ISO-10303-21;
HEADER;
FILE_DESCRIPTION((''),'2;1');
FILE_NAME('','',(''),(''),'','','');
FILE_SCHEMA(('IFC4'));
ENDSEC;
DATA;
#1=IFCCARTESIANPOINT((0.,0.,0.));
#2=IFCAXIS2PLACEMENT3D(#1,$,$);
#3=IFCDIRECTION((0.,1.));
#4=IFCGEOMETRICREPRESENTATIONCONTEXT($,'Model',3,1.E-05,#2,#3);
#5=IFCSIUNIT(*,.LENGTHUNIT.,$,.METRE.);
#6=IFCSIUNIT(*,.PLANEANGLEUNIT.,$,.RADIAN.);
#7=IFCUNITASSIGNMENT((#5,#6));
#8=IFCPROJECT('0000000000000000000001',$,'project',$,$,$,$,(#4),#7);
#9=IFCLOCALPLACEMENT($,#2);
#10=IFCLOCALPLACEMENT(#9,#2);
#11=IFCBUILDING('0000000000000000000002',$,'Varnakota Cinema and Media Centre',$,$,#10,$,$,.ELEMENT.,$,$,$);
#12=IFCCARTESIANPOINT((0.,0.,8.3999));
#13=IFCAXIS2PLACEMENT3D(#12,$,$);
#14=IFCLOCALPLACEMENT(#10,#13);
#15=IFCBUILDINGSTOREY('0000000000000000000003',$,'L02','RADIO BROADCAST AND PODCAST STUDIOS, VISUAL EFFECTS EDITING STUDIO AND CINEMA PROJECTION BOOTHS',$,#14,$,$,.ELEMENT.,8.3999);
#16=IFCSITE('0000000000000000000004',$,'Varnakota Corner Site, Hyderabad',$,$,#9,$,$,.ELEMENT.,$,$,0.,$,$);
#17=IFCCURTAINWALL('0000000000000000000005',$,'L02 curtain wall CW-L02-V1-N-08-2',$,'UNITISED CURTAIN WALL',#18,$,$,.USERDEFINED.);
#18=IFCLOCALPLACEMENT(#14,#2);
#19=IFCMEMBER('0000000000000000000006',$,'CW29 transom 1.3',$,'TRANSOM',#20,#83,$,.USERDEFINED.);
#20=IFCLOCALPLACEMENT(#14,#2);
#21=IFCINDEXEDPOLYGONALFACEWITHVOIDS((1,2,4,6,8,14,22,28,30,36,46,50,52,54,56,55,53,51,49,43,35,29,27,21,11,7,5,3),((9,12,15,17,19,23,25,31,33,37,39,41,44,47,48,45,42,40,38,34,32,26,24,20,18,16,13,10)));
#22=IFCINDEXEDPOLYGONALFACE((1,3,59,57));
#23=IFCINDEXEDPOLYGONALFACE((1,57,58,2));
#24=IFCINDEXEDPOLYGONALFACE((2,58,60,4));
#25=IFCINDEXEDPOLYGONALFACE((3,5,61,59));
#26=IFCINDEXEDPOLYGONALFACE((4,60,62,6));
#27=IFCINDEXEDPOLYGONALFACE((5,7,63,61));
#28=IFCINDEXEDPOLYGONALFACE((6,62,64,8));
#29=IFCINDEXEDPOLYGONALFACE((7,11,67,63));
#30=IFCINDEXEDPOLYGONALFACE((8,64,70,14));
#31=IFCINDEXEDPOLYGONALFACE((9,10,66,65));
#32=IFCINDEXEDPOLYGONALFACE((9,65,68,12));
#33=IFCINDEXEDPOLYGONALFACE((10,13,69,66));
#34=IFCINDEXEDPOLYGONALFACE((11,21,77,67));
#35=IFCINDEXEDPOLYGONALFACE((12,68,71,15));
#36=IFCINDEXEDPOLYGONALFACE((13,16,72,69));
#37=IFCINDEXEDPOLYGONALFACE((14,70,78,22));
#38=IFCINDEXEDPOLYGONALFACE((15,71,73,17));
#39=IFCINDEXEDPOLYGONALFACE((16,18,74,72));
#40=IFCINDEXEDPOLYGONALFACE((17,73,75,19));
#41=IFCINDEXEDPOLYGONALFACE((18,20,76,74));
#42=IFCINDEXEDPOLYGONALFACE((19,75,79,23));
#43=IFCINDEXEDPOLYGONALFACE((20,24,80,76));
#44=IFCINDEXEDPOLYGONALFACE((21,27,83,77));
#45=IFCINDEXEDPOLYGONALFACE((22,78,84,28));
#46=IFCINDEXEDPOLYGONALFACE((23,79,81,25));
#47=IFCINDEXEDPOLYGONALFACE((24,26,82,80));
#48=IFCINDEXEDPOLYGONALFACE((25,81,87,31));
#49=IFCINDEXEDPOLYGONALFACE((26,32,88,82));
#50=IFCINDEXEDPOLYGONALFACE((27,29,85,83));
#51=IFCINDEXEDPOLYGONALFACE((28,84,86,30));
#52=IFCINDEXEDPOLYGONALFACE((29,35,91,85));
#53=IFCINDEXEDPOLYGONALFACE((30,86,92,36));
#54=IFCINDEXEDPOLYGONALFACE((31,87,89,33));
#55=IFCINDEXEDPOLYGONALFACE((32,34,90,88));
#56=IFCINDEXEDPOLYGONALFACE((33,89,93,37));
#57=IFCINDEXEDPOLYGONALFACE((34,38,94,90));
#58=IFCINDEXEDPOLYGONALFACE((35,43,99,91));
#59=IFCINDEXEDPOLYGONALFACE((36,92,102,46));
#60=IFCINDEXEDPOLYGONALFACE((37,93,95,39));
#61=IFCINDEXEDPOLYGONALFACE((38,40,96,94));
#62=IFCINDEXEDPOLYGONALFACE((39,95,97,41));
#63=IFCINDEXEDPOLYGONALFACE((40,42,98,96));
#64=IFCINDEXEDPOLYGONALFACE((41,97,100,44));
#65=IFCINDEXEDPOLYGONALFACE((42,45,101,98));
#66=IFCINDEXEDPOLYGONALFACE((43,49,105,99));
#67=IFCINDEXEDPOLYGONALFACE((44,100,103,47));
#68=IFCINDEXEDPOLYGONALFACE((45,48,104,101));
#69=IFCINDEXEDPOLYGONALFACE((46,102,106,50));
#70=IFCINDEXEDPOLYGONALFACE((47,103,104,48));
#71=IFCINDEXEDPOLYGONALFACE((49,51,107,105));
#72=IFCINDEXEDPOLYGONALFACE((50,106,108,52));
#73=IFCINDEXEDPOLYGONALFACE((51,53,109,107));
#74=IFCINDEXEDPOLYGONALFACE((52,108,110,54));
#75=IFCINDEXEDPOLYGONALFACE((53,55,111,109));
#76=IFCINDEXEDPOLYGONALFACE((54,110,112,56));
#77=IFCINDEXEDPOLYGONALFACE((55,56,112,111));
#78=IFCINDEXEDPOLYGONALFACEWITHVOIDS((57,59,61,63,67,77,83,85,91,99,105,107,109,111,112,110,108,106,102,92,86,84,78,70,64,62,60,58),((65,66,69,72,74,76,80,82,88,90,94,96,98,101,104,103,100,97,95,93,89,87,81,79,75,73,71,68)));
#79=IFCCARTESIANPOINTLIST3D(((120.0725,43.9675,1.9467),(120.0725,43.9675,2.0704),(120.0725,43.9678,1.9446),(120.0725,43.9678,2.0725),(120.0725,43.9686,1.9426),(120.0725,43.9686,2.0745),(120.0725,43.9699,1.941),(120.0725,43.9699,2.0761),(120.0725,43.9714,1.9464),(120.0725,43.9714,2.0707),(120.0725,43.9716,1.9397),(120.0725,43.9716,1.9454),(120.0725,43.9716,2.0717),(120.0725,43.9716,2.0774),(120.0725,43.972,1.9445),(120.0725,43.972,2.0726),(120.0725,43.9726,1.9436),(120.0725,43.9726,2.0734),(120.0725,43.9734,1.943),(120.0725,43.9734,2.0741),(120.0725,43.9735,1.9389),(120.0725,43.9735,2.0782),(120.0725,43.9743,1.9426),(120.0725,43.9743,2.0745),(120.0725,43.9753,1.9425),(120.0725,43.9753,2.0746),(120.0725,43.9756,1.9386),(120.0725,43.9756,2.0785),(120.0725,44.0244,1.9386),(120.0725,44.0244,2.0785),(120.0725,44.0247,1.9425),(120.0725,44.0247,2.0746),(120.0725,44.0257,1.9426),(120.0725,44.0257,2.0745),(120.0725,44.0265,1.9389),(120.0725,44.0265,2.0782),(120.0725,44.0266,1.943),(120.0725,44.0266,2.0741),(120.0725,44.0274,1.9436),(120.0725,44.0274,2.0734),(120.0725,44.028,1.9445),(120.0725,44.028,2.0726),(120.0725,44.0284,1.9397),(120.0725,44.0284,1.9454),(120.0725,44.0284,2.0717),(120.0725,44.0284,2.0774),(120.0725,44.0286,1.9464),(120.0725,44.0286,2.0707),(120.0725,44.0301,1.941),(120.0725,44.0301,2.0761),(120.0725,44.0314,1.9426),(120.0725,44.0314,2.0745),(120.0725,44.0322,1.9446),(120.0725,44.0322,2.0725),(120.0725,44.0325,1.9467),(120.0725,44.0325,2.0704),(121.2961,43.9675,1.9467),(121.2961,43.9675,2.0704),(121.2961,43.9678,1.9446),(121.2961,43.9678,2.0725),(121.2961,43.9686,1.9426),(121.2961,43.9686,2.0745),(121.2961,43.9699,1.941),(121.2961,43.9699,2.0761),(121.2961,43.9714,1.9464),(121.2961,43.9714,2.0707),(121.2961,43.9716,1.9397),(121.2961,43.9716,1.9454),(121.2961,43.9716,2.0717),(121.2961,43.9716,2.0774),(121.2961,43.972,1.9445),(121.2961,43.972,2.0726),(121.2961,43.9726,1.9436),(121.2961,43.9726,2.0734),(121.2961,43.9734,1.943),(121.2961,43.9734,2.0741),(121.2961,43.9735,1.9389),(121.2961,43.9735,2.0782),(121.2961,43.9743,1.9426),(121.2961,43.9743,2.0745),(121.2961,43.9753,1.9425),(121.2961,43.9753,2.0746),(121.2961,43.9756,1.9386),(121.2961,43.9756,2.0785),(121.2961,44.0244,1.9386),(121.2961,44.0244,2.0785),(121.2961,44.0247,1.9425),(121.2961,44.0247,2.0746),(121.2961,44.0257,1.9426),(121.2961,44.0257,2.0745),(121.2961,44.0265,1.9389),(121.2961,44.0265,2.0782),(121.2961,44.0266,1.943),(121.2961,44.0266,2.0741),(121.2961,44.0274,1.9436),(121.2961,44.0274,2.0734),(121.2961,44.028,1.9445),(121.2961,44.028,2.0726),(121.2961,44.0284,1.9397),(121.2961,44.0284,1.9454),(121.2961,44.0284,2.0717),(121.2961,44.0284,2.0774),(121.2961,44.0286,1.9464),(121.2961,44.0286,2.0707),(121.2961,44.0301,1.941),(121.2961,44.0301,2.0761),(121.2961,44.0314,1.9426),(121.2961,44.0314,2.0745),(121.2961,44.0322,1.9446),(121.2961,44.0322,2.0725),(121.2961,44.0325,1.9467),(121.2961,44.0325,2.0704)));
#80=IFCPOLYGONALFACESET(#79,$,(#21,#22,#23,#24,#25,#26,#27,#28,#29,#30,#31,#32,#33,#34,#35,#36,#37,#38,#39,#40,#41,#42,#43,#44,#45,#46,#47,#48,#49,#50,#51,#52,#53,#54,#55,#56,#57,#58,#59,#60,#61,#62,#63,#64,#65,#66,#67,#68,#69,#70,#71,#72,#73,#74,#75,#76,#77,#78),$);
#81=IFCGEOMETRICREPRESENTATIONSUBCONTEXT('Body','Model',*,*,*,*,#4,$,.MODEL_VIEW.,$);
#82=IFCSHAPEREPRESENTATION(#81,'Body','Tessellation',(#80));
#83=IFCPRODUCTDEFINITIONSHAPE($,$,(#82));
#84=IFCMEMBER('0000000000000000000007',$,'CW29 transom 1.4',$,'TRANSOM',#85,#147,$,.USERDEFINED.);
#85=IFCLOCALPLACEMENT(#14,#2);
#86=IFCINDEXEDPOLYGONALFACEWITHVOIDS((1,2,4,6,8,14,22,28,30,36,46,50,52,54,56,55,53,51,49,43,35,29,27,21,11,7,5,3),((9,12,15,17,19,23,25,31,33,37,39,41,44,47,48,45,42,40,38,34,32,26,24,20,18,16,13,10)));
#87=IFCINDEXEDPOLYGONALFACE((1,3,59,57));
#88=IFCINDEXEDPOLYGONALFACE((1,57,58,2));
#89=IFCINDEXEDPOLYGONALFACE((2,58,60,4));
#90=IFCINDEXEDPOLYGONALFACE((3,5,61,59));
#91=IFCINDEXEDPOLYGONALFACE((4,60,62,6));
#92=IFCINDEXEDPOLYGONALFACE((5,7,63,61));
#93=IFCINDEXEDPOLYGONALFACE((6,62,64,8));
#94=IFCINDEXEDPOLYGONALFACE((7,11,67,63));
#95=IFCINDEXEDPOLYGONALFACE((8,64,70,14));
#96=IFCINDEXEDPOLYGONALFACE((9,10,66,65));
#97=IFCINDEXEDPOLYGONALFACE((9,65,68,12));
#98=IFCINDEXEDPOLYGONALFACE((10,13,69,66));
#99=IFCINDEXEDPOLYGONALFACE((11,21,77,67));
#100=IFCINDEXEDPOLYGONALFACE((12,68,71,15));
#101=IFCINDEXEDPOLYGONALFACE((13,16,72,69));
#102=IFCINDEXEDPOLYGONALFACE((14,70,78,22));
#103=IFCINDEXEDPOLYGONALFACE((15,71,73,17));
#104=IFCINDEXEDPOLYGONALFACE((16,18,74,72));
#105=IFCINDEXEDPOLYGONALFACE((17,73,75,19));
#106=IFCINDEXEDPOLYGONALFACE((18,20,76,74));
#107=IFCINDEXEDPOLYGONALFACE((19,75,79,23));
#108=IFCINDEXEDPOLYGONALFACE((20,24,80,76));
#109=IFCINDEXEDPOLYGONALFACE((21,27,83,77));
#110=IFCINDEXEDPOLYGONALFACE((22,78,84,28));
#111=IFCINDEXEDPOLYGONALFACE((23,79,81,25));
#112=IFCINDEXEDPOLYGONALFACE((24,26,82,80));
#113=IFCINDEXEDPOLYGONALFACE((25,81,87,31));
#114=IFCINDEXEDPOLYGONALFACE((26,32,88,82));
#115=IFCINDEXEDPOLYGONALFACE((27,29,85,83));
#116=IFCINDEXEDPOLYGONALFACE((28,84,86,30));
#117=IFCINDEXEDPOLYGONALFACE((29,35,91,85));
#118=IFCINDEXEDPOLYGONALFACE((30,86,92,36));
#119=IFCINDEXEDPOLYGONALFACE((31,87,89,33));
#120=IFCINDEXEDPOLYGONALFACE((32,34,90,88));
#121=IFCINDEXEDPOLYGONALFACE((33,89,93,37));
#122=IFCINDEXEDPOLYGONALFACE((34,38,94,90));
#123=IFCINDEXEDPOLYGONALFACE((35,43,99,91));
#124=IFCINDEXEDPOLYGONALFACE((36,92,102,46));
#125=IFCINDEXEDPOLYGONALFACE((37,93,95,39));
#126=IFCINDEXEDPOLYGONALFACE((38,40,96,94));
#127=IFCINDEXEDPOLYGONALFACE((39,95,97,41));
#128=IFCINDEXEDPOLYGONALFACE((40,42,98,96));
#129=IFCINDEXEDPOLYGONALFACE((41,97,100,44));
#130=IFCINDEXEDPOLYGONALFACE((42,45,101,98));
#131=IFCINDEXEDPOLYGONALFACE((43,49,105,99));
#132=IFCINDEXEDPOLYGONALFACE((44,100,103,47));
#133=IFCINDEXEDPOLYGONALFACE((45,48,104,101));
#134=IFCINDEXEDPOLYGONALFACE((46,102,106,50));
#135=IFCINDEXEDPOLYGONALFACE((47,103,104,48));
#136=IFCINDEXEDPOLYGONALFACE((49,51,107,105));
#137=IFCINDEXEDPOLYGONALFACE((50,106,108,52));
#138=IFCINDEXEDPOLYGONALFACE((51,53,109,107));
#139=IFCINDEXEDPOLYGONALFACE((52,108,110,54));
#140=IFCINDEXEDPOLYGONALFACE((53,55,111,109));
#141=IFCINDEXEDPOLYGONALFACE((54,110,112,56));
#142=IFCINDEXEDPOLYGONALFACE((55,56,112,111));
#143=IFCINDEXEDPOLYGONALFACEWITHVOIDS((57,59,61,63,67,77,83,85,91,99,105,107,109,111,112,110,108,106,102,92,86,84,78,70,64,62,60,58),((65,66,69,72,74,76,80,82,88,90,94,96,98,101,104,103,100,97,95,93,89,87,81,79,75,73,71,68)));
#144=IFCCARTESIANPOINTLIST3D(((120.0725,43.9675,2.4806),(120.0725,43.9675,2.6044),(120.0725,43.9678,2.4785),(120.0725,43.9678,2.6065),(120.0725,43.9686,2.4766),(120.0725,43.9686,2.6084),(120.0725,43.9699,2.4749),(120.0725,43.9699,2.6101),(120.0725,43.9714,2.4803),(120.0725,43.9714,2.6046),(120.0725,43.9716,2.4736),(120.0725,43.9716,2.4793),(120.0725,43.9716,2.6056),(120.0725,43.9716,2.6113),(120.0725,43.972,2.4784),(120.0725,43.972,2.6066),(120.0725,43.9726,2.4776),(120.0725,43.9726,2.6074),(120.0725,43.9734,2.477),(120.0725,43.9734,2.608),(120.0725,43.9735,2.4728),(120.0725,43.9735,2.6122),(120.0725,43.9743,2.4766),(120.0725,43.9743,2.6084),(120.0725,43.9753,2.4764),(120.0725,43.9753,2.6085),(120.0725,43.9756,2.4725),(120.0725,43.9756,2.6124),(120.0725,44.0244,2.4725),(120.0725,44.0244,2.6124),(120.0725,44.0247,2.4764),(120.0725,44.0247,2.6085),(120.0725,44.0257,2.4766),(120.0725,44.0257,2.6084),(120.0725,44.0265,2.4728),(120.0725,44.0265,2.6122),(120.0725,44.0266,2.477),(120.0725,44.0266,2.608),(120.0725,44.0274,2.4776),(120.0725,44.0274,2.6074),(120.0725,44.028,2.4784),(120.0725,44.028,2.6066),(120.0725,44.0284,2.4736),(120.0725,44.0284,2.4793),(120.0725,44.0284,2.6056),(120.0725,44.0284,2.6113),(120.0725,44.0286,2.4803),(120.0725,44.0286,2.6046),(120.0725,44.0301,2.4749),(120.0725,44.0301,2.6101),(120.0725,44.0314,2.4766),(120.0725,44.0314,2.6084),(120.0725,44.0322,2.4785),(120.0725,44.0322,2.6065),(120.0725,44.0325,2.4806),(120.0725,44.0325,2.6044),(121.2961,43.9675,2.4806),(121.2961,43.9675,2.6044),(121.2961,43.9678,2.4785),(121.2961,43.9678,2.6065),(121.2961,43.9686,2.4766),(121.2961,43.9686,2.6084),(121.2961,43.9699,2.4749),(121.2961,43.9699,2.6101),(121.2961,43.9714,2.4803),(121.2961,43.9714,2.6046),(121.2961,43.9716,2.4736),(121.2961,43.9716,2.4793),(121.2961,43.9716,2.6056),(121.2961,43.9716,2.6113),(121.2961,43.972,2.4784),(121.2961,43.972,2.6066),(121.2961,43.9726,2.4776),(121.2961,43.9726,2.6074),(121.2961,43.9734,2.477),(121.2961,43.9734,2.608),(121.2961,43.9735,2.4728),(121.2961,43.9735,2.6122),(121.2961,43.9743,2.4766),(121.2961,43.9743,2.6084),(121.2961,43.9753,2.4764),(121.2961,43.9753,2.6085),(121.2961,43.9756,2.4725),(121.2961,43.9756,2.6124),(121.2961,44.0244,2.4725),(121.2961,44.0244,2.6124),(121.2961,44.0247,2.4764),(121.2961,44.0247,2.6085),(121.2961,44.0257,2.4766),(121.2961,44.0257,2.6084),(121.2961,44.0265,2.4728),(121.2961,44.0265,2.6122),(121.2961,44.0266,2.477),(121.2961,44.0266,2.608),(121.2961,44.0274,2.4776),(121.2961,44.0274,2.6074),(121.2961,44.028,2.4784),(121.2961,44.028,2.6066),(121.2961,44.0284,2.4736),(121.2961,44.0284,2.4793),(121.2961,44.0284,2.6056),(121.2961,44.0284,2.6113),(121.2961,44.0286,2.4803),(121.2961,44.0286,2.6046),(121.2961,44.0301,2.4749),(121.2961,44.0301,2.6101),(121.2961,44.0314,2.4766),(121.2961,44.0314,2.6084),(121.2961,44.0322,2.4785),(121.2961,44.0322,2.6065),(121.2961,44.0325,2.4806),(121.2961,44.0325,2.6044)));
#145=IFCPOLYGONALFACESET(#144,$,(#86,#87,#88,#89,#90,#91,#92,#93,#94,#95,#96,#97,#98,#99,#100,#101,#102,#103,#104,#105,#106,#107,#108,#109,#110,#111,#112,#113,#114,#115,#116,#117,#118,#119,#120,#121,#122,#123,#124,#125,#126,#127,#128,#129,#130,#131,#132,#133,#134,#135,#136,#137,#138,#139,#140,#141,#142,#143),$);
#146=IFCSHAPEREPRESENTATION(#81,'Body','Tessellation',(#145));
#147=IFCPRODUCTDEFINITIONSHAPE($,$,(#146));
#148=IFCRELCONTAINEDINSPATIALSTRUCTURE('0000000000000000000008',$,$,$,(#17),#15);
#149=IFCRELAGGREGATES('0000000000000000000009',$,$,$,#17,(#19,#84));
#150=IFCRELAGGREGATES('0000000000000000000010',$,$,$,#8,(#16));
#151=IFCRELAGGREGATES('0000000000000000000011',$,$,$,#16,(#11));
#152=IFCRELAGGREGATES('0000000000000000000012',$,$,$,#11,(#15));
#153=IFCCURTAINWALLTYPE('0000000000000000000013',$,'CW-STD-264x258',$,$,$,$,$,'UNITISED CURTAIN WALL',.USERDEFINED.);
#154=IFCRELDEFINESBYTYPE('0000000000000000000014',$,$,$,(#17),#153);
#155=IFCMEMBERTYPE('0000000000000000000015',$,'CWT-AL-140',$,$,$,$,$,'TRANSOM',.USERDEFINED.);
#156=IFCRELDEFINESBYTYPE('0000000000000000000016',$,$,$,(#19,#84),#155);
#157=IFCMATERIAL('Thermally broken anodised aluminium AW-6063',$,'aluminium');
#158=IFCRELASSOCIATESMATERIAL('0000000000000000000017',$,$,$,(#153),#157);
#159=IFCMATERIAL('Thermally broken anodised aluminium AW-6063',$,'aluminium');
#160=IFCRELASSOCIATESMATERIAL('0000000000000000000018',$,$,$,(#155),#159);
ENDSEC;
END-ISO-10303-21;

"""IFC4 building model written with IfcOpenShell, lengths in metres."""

from ifc_helpers import new_model, si_unit, direction, frame, origin, origin_2d, place, context, subcontext, project, spatial, hollow_rectangle, extrude, material, material_profile, profile_set, type_object, element, aggregate, save


model = new_model("IFC4")

# Units and contexts
model_context = context("Model", 3, precision=1e-05, world=origin(), true_north=direction((0.0, 1.0)))
body_context = subcontext(model_context, "Body", "Model", "MODEL_VIEW")
ifc_project = project(units=[si_unit("LENGTHUNIT", "METRE"), si_unit("PLANEANGLEUNIT", "RADIAN")], contexts=[model_context])

# Site, building, storey
site_placement = place(None, origin())
site = spatial("IfcSite", under=ifc_project, at=site_placement, Name="Varnakota Corner Site, Hyderabad", CompositionType="ELEMENT", RefElevation=0.0)
building_placement = place(site_placement, origin())
building = spatial("IfcBuilding", under=site, at=building_placement, Name="Varnakota Cinema and Media Centre", CompositionType="ELEMENT")
storey_placement = place(building_placement, frame((0.0, 0.0, 8.3999)))
storey = spatial("IfcBuildingStorey", under=building, at=storey_placement, Name="L02", Description="RADIO BROADCAST AND PODCAST STUDIOS, VISUAL EFFECTS EDITING STUDIO AND CINEMA PROJECTION BOOTHS", CompositionType="ELEMENT", Elevation=8.3999)

# Curtain wall
ifc_material_1 = material(Name="Thermally broken anodised aluminium AW-6063", Category="aluminium")
curtain_wall_type = type_object("IfcCurtainWallType", Name="CW-STD-264x258", ElementType="UNITISED CURTAIN WALL", PredefinedType="USERDEFINED", material=ifc_material_1)
curtain_wall_1_placement = place(storey_placement, origin())
curtain_wall_1 = element("IfcCurtainWall", 1, at=curtain_wall_1_placement, inside=storey, type_object=curtain_wall_type, Name="L02 curtain wall CW-L02-V1-N-08-2", ObjectType="UNITISED CURTAIN WALL", PredefinedType="USERDEFINED")

# Members
ifc_material_2 = material(Name="Thermally broken anodised aluminium AW-6063", Category="aluminium")
ifc_material_profile_1 = material_profile(ifc_material_2, hollow_rectangle(XDim=0.0649, YDim=0.1399, WallThickness=0.0039, InnerFilletRadius=0.0039, OuterFilletRadius=0.0081, at=origin_2d()), Name="AL-TRANSOM 140x65x4")
ifc_profile_set_1 = profile_set([ifc_material_profile_1], Name="Thermally broken anodised aluminium AW-6063")
member_type_1 = type_object("IfcMemberType", Name="CWT-AL-140", ElementType="TRANSOM", PredefinedType="USERDEFINED", material=ifc_profile_set_1)
member_1_placement = place(storey_placement, frame((120.0725, 44.0, 2.0085), z_axis=(1.0, 0.0, 0.0), x_axis=(0.0, 1.0, 0.0)))
member_1 = element("IfcMember", 2, at=member_1_placement, type_object=member_type_1, Name="CW29 transom 1.3", ObjectType="TRANSOM", PredefinedType="USERDEFINED", context=body_context, shape_type="SweptSolid", body=[
    extrude(hollow_rectangle(XDim=0.0649, YDim=0.1399, WallThickness=0.0039, InnerFilletRadius=0.0039, OuterFilletRadius=0.0081, at=origin_2d()), origin(), (0.0, 0.0, 1.0), 1.2236),
])
member_2_placement = place(storey_placement, frame((120.0725, 44.0, 2.5425), z_axis=(1.0, 0.0, 0.0), x_axis=(0.0, 1.0, 0.0)))
member_2 = element("IfcMember", 3, at=member_2_placement, type_object=member_type_1, Name="CW29 transom 1.4", ObjectType="TRANSOM", PredefinedType="USERDEFINED", context=body_context, shape_type="SweptSolid", body=[
    extrude(hollow_rectangle(XDim=0.0649, YDim=0.1399, WallThickness=0.0039, InnerFilletRadius=0.0039, OuterFilletRadius=0.0081, at=origin_2d()), origin(), (0.0, 0.0, 1.0), 1.2236),
])

aggregate(curtain_wall_1, [member_1, member_2])

save(model, "model.ifc")
